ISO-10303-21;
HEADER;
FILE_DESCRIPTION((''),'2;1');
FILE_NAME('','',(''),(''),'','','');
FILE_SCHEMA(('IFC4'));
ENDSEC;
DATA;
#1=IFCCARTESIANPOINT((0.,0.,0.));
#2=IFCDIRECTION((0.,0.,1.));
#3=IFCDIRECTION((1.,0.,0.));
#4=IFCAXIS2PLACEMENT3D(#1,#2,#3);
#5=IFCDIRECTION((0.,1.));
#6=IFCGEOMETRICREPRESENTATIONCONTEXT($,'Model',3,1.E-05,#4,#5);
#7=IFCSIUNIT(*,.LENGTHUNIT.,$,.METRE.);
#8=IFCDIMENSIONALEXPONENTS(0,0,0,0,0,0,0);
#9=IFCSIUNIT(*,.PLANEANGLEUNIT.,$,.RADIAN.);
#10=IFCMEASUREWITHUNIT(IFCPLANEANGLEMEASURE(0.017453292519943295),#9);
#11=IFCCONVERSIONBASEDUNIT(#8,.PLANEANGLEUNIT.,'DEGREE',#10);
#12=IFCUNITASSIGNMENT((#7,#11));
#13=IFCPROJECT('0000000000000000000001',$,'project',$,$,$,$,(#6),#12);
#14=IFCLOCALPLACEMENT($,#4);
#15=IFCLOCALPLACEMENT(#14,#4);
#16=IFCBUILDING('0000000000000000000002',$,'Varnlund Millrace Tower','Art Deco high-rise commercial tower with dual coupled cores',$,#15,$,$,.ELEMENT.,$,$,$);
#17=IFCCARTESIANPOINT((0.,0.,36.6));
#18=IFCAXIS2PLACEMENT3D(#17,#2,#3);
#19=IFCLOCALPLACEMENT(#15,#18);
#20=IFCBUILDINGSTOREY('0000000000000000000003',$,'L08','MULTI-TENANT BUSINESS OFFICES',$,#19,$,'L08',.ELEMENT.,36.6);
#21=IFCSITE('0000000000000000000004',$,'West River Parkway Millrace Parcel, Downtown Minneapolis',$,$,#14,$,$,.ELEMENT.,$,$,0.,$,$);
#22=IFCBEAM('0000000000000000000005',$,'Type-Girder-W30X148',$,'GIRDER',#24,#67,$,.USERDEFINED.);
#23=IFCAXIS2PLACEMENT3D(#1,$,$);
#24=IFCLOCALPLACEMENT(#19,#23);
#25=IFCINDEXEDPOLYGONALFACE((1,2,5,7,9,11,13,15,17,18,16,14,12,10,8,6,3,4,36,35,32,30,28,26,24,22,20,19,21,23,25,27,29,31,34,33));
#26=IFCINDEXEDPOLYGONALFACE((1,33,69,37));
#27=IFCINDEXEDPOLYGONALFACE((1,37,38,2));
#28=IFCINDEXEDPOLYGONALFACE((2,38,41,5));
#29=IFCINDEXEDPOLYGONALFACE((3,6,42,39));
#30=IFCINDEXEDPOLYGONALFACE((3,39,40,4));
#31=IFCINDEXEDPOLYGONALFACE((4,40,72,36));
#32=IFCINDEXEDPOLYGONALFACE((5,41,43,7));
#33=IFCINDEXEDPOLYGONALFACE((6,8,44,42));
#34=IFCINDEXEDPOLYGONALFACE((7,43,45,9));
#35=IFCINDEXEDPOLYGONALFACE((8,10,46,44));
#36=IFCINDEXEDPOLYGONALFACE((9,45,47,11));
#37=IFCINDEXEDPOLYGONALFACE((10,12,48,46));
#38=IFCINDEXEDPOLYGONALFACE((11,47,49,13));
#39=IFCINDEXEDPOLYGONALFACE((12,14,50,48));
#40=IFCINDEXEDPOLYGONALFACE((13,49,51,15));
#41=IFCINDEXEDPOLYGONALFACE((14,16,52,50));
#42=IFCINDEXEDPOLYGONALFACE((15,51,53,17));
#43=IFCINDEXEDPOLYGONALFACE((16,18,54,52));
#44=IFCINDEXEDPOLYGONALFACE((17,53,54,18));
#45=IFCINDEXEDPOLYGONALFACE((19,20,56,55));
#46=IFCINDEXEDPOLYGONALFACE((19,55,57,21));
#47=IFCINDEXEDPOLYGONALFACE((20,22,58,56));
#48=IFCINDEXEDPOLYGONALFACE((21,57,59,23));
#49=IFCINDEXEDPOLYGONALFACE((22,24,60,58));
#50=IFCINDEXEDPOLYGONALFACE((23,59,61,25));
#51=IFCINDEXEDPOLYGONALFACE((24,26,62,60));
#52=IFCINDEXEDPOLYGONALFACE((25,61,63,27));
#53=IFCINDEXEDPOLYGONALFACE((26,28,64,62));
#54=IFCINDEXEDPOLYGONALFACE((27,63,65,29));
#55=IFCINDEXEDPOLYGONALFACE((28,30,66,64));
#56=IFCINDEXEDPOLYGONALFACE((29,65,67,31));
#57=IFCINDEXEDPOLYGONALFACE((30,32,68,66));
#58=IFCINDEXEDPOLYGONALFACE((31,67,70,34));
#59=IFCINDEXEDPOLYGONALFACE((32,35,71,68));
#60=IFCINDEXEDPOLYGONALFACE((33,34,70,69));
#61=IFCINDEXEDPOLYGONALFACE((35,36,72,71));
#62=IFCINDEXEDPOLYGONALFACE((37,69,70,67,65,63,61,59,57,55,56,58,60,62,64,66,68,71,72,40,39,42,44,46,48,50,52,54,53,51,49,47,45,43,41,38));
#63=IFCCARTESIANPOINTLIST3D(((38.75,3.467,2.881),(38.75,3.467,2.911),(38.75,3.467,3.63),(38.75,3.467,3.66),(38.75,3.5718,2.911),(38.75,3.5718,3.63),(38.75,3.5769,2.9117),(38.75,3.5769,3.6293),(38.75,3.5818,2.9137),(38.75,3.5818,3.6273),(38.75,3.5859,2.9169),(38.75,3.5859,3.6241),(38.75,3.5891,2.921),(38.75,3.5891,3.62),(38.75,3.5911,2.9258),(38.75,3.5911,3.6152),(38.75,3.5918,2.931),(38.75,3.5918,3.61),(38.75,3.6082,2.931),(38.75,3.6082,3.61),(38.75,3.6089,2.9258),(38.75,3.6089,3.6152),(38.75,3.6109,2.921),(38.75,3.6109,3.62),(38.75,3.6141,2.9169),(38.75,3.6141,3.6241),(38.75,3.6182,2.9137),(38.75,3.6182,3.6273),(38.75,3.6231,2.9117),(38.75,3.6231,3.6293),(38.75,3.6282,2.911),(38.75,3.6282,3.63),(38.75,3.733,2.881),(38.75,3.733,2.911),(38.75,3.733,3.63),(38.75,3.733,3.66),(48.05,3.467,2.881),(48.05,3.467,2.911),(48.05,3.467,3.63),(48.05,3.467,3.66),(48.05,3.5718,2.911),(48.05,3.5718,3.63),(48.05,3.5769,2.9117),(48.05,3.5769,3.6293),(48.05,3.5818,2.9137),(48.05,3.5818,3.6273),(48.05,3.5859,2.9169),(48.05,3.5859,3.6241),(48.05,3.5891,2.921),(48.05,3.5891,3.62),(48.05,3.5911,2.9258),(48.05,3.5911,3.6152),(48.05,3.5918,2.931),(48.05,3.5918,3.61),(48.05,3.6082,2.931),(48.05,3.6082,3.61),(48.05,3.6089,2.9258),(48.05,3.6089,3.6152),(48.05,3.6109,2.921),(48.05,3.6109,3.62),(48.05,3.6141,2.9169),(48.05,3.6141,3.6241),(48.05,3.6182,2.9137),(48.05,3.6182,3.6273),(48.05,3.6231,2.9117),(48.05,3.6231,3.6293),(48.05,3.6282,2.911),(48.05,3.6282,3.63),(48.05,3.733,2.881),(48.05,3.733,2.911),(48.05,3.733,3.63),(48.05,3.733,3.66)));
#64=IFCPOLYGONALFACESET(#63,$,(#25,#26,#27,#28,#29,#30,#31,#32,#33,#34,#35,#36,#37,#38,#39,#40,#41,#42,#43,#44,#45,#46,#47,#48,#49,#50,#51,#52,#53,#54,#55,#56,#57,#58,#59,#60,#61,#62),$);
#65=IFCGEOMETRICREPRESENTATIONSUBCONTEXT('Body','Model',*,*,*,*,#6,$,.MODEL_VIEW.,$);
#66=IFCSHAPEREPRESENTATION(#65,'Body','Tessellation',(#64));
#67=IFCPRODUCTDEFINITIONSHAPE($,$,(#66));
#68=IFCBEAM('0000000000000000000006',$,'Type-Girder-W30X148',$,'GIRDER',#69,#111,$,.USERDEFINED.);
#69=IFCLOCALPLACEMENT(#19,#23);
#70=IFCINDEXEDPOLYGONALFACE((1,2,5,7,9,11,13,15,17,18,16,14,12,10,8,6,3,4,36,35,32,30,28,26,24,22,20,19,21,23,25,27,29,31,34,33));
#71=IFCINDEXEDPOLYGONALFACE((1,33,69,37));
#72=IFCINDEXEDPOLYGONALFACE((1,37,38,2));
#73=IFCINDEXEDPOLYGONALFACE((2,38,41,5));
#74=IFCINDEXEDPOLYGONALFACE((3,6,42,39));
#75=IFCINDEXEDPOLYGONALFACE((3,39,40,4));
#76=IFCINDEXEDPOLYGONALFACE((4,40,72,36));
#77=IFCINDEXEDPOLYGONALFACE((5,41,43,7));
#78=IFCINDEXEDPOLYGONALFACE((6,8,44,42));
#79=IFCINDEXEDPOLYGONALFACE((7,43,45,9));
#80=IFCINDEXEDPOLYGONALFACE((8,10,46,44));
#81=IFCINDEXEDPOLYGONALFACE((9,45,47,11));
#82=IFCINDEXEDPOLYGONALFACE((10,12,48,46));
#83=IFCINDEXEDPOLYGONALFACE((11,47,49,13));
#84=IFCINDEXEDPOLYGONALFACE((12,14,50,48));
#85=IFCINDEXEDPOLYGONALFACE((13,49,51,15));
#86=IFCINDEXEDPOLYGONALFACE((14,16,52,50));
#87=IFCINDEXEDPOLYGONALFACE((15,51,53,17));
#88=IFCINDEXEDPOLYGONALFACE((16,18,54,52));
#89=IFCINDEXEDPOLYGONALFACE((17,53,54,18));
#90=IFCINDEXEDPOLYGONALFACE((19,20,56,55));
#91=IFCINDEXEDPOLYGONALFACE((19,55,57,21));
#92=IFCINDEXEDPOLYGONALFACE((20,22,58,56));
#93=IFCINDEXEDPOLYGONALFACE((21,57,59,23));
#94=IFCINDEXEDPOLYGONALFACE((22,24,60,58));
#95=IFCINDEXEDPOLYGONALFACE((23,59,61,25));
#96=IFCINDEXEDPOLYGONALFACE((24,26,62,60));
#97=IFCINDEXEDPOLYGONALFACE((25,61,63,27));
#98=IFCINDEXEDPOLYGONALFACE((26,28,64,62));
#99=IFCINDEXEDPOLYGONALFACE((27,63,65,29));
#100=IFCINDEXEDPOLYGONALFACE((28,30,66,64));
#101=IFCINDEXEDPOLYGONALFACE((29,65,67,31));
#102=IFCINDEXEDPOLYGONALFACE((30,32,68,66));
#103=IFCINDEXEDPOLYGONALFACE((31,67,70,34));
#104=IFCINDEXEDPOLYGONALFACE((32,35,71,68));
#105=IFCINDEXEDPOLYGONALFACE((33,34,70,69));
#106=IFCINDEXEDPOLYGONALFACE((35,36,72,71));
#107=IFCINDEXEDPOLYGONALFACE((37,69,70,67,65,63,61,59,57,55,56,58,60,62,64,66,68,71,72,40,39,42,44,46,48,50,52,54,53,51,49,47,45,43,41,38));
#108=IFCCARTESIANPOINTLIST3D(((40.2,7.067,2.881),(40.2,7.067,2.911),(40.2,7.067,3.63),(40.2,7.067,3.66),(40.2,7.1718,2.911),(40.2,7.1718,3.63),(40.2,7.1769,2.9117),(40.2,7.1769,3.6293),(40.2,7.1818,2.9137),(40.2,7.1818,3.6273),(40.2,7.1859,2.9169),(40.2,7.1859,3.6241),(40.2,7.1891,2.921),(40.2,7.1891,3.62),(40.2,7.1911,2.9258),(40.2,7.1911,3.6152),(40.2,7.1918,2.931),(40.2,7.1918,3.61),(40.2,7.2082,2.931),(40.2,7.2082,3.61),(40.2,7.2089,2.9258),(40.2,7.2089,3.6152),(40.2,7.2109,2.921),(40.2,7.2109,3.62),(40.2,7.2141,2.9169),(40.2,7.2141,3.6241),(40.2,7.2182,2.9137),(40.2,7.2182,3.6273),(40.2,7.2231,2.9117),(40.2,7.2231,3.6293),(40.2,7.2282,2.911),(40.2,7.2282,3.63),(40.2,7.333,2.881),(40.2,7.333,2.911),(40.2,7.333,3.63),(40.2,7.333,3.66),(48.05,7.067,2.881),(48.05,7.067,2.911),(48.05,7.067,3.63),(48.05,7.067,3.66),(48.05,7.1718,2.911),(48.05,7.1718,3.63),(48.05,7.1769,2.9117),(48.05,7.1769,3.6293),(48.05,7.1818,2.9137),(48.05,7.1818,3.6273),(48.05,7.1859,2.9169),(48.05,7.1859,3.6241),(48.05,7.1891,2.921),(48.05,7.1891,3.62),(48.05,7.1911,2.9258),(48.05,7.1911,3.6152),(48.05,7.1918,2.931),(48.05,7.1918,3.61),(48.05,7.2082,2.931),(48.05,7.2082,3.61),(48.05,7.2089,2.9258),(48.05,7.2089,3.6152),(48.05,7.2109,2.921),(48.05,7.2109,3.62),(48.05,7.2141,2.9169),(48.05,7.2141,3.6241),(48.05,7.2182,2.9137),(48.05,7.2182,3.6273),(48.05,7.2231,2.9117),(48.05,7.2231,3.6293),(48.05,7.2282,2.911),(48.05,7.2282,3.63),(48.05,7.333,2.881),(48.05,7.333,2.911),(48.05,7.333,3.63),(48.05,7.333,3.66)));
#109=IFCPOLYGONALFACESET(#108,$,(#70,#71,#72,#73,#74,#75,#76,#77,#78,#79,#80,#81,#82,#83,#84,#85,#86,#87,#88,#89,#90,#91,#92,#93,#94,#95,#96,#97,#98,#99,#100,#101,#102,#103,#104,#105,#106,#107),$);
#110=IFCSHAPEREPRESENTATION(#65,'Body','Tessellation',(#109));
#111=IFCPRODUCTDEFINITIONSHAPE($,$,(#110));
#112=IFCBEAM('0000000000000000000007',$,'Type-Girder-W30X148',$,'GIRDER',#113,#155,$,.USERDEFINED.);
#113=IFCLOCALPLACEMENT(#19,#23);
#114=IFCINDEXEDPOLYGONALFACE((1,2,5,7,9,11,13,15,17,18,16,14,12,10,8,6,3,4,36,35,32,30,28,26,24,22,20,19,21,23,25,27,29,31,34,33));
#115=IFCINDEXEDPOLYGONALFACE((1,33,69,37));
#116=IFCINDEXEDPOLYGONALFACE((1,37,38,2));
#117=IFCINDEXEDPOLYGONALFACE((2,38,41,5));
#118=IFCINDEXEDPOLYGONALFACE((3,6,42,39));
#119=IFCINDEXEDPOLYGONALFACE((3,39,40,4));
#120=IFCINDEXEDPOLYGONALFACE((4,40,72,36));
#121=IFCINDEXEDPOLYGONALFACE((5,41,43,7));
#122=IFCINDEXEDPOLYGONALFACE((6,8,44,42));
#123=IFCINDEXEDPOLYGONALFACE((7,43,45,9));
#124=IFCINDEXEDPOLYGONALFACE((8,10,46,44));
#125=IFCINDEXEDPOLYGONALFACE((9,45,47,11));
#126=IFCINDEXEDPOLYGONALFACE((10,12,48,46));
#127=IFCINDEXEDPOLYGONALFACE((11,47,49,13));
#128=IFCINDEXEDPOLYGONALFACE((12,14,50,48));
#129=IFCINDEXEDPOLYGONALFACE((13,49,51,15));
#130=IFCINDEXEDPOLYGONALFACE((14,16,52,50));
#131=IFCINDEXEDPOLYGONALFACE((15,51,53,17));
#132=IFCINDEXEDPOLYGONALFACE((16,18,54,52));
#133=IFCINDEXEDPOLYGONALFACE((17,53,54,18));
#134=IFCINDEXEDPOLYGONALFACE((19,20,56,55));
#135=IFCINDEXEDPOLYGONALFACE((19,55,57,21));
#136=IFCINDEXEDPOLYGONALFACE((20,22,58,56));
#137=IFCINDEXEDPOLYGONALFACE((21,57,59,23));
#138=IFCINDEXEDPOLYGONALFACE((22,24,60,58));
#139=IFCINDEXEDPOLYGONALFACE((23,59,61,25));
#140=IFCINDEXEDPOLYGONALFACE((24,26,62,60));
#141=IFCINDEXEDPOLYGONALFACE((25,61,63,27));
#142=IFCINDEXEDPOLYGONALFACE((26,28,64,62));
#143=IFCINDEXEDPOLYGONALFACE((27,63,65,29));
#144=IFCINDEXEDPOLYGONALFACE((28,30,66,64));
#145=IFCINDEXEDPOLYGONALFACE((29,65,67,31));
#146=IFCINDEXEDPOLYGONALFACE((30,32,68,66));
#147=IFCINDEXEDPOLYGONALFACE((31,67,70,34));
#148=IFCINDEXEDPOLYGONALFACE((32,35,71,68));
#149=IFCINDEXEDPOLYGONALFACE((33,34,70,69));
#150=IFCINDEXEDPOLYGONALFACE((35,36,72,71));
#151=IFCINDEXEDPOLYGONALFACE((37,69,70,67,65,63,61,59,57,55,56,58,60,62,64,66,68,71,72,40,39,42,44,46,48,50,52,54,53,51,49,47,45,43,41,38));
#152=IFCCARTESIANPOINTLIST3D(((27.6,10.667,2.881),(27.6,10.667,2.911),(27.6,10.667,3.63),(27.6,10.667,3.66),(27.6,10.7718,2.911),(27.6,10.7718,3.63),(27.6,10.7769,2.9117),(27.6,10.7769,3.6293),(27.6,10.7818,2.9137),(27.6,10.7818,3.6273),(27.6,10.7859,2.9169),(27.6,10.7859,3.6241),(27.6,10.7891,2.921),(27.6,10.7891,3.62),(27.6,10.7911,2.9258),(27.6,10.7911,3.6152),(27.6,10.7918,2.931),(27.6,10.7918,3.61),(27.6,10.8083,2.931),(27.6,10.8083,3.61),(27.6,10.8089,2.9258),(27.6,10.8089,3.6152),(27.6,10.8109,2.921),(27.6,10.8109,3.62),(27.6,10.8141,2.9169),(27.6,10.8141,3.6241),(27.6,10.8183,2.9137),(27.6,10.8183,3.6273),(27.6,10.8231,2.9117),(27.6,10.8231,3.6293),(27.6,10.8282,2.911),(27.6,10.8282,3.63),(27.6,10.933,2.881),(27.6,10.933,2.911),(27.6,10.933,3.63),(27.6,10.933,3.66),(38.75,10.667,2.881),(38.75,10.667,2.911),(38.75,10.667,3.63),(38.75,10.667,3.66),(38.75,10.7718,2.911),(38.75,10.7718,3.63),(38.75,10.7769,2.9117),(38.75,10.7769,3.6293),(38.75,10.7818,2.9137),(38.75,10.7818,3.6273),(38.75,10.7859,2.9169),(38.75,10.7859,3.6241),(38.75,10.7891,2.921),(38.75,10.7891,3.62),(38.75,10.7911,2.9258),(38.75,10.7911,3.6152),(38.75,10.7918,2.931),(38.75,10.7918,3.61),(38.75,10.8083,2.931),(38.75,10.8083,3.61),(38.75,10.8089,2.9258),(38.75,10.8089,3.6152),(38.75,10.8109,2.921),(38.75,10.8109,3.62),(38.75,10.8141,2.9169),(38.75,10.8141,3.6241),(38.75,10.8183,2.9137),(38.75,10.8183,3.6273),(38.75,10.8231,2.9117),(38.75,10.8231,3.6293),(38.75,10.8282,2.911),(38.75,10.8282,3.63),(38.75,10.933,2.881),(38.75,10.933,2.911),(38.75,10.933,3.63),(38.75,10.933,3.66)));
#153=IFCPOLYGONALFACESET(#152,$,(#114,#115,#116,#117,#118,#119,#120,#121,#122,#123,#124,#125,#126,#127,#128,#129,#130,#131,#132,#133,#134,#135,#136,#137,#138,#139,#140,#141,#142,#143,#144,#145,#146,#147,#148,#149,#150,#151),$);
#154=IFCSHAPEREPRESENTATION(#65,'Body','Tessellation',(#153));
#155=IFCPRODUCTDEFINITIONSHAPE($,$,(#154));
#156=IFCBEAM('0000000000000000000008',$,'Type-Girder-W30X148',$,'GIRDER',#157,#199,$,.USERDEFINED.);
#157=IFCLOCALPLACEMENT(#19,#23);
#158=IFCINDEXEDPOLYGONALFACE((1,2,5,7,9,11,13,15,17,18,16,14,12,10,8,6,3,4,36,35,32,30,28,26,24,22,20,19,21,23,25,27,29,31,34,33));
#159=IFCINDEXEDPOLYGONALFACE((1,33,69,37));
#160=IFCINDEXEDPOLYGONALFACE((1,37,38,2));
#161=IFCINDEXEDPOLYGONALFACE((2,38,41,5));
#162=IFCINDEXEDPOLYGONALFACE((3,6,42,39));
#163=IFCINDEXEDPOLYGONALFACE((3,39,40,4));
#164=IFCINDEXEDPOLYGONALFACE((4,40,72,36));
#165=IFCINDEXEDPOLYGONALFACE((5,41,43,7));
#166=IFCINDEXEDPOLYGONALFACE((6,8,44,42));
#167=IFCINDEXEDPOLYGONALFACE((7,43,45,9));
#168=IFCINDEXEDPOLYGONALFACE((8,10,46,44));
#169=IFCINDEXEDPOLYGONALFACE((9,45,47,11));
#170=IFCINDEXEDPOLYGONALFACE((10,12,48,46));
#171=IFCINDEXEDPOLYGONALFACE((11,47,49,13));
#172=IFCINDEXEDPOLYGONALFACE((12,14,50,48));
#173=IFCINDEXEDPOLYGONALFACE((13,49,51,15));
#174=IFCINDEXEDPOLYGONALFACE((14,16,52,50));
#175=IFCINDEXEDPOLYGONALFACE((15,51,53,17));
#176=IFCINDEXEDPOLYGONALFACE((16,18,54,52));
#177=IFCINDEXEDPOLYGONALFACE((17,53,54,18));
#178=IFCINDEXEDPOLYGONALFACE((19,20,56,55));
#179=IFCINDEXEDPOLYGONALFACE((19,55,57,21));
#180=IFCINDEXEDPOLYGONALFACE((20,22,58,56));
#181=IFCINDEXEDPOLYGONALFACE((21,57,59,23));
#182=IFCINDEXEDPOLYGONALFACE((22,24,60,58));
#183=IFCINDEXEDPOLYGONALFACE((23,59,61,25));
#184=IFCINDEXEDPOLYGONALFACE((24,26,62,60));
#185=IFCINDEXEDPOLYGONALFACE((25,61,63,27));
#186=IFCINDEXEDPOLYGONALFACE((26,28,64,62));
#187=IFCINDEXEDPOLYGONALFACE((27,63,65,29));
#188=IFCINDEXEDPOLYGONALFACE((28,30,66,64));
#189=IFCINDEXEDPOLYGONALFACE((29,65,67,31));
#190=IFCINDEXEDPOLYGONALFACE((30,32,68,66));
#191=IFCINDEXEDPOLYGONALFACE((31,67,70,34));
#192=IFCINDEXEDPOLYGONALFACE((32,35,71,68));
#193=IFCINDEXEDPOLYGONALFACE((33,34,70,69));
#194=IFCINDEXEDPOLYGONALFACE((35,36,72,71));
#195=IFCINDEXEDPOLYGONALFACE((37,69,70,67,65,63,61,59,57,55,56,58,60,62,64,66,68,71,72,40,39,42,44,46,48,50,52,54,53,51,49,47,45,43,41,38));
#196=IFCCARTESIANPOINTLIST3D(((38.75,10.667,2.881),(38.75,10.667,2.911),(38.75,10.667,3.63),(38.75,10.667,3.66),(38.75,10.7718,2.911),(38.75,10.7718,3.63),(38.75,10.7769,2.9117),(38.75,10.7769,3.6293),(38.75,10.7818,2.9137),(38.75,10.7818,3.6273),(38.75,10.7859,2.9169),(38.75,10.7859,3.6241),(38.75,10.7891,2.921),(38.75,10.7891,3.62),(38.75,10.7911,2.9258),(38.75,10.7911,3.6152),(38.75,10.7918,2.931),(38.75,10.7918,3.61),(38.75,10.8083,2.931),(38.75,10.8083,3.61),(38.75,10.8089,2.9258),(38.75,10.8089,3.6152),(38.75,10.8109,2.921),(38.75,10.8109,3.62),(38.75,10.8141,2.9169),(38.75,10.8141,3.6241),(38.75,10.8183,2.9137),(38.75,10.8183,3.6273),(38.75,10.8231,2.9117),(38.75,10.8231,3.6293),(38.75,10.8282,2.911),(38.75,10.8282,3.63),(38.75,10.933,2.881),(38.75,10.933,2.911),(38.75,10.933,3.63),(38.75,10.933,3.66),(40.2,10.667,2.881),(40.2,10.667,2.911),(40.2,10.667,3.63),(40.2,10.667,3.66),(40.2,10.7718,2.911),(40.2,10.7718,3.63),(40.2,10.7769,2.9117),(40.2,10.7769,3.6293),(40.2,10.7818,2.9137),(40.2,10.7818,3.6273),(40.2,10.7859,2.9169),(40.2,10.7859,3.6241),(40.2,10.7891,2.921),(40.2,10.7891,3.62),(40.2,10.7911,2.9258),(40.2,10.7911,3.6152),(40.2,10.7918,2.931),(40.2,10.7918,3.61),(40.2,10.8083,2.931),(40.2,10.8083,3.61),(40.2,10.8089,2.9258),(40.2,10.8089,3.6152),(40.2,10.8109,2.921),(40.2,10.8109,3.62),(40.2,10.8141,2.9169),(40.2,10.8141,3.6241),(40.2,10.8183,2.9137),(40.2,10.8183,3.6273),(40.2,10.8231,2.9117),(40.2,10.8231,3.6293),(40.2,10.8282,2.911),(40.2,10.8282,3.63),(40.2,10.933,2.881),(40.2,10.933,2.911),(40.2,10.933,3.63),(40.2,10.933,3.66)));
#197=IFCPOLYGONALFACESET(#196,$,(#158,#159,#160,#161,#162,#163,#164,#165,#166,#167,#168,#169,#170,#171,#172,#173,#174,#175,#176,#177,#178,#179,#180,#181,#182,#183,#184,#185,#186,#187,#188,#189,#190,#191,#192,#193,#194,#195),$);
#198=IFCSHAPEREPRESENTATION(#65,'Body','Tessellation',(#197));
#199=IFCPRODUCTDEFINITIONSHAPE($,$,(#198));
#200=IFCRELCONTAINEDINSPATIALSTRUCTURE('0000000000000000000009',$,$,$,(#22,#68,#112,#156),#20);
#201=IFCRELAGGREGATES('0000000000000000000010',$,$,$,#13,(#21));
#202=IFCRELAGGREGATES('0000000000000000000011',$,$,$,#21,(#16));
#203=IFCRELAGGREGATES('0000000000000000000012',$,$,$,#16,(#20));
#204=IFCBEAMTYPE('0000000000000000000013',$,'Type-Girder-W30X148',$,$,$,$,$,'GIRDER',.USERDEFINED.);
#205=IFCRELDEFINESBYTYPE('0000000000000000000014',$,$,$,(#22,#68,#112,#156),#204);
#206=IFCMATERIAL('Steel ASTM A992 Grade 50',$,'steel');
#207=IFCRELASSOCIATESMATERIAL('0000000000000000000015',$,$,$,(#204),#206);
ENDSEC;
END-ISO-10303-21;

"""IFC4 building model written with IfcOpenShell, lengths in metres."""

from ifc_helpers import new_model, entity, si_unit, converted_unit, direction, frame, origin_with_axes, origin_2d_with_axis, place, context, subcontext, project, spatial, i_section, extrude, material, material_profile, profile_set, type_object, element, save


model = new_model("IFC4")

# Units and contexts
model_context = context("Model", 3, precision=1e-05, world=origin_with_axes(), true_north=direction((0.0, 1.0)))
body_context = subcontext(model_context, "Body", "Model", "MODEL_VIEW")
ifc_project = project(units=[si_unit("LENGTHUNIT", "METRE"), converted_unit("PLANEANGLEUNIT", "DEGREE", entity("IfcPlaneAngleMeasure", 0.017453292519943295), si_unit("PLANEANGLEUNIT", "RADIAN"), dimensions=[0, 0, 0, 0, 0, 0, 0])], contexts=[model_context])

# Site, building, storey
site_placement = place(None, origin_with_axes())
site = spatial("IfcSite", under=ifc_project, at=site_placement, Name="West River Parkway Millrace Parcel, Downtown Minneapolis", CompositionType="ELEMENT", RefElevation=0.0)
building_placement = place(site_placement, origin_with_axes())
building = spatial("IfcBuilding", under=site, at=building_placement, Name="Varnlund Millrace Tower", Description="Art Deco high-rise commercial tower with dual coupled cores", CompositionType="ELEMENT")
storey_placement = place(building_placement, frame((0.0, 0.0, 36.6), z_axis=(0.0, 0.0, 1.0), x_axis=(1.0, 0.0, 0.0)))
storey = spatial("IfcBuildingStorey", under=building, at=storey_placement, Name="L08", Description="MULTI-TENANT BUSINESS OFFICES", LongName="L08", CompositionType="ELEMENT", Elevation=36.6)

# Beams
ifc_material_1 = material(Name="Steel ASTM A992 Grade 50", Category="steel")
ifc_material_profile_1 = material_profile(ifc_material_1, i_section(OverallWidth=0.266, OverallDepth=0.779, WebThickness=0.0165, FlangeThickness=0.03, FilletRadius=0.02, at=origin_2d_with_axis()), Name="Steel ASTM A992 Grade 50")
ifc_profile_set_1 = profile_set([ifc_material_profile_1], Name="Steel ASTM A992 Grade 50")
beam_type_1 = type_object("IfcBeamType", Name="Type-Girder-W30X148", ElementType="GIRDER", PredefinedType="USERDEFINED", material=ifc_profile_set_1)
beam_1_placement = place(storey_placement, frame((38.75, 3.6, 3.2705), z_axis=(1.0, 0.0, 0.0), x_axis=(0.0, 1.0, 0.0)))
element("IfcBeam", 1, at=beam_1_placement, inside=storey, type_object=beam_type_1, Name="Type-Girder-W30X148", ObjectType="GIRDER", PredefinedType="USERDEFINED", context=body_context, shape_type="SweptSolid", body=[
    extrude(i_section(OverallWidth=0.266, OverallDepth=0.779, WebThickness=0.0165, FlangeThickness=0.03, FilletRadius=0.02, at=origin_2d_with_axis()), origin_with_axes(), (0.0, 0.0, 1.0), 9.3),
])
beam_2_placement = place(storey_placement, frame((40.2, 7.2, 3.2705), z_axis=(1.0, 0.0, 0.0), x_axis=(0.0, 1.0, 0.0)))
element("IfcBeam", 2, at=beam_2_placement, inside=storey, type_object=beam_type_1, Name="Type-Girder-W30X148", ObjectType="GIRDER", PredefinedType="USERDEFINED", context=body_context, shape_type="SweptSolid", body=[
    extrude(i_section(OverallWidth=0.266, OverallDepth=0.779, WebThickness=0.0165, FlangeThickness=0.03, FilletRadius=0.02, at=origin_2d_with_axis()), origin_with_axes(), (0.0, 0.0, 1.0), 7.85),
])
beam_3_placement = place(storey_placement, frame((27.6, 10.8, 3.2705), z_axis=(1.0, 0.0, 0.0), x_axis=(0.0, 1.0, 0.0)))
element("IfcBeam", 3, at=beam_3_placement, inside=storey, type_object=beam_type_1, Name="Type-Girder-W30X148", ObjectType="GIRDER", PredefinedType="USERDEFINED", context=body_context, shape_type="SweptSolid", body=[
    extrude(i_section(OverallWidth=0.266, OverallDepth=0.779, WebThickness=0.0165, FlangeThickness=0.03, FilletRadius=0.02, at=origin_2d_with_axis()), origin_with_axes(), (0.0, 0.0, 1.0), 11.15),
])
beam_4_placement = place(storey_placement, frame((38.75, 10.8, 3.2705), z_axis=(1.0, 0.0, 0.0), x_axis=(0.0, 1.0, 0.0)))
element("IfcBeam", 4, at=beam_4_placement, inside=storey, type_object=beam_type_1, Name="Type-Girder-W30X148", ObjectType="GIRDER", PredefinedType="USERDEFINED", context=body_context, shape_type="SweptSolid", body=[
    extrude(i_section(OverallWidth=0.266, OverallDepth=0.779, WebThickness=0.0165, FlangeThickness=0.03, FilletRadius=0.02, at=origin_2d_with_axis()), origin_with_axes(), (0.0, 0.0, 1.0), 1.45),
])

save(model, "model.ifc")
